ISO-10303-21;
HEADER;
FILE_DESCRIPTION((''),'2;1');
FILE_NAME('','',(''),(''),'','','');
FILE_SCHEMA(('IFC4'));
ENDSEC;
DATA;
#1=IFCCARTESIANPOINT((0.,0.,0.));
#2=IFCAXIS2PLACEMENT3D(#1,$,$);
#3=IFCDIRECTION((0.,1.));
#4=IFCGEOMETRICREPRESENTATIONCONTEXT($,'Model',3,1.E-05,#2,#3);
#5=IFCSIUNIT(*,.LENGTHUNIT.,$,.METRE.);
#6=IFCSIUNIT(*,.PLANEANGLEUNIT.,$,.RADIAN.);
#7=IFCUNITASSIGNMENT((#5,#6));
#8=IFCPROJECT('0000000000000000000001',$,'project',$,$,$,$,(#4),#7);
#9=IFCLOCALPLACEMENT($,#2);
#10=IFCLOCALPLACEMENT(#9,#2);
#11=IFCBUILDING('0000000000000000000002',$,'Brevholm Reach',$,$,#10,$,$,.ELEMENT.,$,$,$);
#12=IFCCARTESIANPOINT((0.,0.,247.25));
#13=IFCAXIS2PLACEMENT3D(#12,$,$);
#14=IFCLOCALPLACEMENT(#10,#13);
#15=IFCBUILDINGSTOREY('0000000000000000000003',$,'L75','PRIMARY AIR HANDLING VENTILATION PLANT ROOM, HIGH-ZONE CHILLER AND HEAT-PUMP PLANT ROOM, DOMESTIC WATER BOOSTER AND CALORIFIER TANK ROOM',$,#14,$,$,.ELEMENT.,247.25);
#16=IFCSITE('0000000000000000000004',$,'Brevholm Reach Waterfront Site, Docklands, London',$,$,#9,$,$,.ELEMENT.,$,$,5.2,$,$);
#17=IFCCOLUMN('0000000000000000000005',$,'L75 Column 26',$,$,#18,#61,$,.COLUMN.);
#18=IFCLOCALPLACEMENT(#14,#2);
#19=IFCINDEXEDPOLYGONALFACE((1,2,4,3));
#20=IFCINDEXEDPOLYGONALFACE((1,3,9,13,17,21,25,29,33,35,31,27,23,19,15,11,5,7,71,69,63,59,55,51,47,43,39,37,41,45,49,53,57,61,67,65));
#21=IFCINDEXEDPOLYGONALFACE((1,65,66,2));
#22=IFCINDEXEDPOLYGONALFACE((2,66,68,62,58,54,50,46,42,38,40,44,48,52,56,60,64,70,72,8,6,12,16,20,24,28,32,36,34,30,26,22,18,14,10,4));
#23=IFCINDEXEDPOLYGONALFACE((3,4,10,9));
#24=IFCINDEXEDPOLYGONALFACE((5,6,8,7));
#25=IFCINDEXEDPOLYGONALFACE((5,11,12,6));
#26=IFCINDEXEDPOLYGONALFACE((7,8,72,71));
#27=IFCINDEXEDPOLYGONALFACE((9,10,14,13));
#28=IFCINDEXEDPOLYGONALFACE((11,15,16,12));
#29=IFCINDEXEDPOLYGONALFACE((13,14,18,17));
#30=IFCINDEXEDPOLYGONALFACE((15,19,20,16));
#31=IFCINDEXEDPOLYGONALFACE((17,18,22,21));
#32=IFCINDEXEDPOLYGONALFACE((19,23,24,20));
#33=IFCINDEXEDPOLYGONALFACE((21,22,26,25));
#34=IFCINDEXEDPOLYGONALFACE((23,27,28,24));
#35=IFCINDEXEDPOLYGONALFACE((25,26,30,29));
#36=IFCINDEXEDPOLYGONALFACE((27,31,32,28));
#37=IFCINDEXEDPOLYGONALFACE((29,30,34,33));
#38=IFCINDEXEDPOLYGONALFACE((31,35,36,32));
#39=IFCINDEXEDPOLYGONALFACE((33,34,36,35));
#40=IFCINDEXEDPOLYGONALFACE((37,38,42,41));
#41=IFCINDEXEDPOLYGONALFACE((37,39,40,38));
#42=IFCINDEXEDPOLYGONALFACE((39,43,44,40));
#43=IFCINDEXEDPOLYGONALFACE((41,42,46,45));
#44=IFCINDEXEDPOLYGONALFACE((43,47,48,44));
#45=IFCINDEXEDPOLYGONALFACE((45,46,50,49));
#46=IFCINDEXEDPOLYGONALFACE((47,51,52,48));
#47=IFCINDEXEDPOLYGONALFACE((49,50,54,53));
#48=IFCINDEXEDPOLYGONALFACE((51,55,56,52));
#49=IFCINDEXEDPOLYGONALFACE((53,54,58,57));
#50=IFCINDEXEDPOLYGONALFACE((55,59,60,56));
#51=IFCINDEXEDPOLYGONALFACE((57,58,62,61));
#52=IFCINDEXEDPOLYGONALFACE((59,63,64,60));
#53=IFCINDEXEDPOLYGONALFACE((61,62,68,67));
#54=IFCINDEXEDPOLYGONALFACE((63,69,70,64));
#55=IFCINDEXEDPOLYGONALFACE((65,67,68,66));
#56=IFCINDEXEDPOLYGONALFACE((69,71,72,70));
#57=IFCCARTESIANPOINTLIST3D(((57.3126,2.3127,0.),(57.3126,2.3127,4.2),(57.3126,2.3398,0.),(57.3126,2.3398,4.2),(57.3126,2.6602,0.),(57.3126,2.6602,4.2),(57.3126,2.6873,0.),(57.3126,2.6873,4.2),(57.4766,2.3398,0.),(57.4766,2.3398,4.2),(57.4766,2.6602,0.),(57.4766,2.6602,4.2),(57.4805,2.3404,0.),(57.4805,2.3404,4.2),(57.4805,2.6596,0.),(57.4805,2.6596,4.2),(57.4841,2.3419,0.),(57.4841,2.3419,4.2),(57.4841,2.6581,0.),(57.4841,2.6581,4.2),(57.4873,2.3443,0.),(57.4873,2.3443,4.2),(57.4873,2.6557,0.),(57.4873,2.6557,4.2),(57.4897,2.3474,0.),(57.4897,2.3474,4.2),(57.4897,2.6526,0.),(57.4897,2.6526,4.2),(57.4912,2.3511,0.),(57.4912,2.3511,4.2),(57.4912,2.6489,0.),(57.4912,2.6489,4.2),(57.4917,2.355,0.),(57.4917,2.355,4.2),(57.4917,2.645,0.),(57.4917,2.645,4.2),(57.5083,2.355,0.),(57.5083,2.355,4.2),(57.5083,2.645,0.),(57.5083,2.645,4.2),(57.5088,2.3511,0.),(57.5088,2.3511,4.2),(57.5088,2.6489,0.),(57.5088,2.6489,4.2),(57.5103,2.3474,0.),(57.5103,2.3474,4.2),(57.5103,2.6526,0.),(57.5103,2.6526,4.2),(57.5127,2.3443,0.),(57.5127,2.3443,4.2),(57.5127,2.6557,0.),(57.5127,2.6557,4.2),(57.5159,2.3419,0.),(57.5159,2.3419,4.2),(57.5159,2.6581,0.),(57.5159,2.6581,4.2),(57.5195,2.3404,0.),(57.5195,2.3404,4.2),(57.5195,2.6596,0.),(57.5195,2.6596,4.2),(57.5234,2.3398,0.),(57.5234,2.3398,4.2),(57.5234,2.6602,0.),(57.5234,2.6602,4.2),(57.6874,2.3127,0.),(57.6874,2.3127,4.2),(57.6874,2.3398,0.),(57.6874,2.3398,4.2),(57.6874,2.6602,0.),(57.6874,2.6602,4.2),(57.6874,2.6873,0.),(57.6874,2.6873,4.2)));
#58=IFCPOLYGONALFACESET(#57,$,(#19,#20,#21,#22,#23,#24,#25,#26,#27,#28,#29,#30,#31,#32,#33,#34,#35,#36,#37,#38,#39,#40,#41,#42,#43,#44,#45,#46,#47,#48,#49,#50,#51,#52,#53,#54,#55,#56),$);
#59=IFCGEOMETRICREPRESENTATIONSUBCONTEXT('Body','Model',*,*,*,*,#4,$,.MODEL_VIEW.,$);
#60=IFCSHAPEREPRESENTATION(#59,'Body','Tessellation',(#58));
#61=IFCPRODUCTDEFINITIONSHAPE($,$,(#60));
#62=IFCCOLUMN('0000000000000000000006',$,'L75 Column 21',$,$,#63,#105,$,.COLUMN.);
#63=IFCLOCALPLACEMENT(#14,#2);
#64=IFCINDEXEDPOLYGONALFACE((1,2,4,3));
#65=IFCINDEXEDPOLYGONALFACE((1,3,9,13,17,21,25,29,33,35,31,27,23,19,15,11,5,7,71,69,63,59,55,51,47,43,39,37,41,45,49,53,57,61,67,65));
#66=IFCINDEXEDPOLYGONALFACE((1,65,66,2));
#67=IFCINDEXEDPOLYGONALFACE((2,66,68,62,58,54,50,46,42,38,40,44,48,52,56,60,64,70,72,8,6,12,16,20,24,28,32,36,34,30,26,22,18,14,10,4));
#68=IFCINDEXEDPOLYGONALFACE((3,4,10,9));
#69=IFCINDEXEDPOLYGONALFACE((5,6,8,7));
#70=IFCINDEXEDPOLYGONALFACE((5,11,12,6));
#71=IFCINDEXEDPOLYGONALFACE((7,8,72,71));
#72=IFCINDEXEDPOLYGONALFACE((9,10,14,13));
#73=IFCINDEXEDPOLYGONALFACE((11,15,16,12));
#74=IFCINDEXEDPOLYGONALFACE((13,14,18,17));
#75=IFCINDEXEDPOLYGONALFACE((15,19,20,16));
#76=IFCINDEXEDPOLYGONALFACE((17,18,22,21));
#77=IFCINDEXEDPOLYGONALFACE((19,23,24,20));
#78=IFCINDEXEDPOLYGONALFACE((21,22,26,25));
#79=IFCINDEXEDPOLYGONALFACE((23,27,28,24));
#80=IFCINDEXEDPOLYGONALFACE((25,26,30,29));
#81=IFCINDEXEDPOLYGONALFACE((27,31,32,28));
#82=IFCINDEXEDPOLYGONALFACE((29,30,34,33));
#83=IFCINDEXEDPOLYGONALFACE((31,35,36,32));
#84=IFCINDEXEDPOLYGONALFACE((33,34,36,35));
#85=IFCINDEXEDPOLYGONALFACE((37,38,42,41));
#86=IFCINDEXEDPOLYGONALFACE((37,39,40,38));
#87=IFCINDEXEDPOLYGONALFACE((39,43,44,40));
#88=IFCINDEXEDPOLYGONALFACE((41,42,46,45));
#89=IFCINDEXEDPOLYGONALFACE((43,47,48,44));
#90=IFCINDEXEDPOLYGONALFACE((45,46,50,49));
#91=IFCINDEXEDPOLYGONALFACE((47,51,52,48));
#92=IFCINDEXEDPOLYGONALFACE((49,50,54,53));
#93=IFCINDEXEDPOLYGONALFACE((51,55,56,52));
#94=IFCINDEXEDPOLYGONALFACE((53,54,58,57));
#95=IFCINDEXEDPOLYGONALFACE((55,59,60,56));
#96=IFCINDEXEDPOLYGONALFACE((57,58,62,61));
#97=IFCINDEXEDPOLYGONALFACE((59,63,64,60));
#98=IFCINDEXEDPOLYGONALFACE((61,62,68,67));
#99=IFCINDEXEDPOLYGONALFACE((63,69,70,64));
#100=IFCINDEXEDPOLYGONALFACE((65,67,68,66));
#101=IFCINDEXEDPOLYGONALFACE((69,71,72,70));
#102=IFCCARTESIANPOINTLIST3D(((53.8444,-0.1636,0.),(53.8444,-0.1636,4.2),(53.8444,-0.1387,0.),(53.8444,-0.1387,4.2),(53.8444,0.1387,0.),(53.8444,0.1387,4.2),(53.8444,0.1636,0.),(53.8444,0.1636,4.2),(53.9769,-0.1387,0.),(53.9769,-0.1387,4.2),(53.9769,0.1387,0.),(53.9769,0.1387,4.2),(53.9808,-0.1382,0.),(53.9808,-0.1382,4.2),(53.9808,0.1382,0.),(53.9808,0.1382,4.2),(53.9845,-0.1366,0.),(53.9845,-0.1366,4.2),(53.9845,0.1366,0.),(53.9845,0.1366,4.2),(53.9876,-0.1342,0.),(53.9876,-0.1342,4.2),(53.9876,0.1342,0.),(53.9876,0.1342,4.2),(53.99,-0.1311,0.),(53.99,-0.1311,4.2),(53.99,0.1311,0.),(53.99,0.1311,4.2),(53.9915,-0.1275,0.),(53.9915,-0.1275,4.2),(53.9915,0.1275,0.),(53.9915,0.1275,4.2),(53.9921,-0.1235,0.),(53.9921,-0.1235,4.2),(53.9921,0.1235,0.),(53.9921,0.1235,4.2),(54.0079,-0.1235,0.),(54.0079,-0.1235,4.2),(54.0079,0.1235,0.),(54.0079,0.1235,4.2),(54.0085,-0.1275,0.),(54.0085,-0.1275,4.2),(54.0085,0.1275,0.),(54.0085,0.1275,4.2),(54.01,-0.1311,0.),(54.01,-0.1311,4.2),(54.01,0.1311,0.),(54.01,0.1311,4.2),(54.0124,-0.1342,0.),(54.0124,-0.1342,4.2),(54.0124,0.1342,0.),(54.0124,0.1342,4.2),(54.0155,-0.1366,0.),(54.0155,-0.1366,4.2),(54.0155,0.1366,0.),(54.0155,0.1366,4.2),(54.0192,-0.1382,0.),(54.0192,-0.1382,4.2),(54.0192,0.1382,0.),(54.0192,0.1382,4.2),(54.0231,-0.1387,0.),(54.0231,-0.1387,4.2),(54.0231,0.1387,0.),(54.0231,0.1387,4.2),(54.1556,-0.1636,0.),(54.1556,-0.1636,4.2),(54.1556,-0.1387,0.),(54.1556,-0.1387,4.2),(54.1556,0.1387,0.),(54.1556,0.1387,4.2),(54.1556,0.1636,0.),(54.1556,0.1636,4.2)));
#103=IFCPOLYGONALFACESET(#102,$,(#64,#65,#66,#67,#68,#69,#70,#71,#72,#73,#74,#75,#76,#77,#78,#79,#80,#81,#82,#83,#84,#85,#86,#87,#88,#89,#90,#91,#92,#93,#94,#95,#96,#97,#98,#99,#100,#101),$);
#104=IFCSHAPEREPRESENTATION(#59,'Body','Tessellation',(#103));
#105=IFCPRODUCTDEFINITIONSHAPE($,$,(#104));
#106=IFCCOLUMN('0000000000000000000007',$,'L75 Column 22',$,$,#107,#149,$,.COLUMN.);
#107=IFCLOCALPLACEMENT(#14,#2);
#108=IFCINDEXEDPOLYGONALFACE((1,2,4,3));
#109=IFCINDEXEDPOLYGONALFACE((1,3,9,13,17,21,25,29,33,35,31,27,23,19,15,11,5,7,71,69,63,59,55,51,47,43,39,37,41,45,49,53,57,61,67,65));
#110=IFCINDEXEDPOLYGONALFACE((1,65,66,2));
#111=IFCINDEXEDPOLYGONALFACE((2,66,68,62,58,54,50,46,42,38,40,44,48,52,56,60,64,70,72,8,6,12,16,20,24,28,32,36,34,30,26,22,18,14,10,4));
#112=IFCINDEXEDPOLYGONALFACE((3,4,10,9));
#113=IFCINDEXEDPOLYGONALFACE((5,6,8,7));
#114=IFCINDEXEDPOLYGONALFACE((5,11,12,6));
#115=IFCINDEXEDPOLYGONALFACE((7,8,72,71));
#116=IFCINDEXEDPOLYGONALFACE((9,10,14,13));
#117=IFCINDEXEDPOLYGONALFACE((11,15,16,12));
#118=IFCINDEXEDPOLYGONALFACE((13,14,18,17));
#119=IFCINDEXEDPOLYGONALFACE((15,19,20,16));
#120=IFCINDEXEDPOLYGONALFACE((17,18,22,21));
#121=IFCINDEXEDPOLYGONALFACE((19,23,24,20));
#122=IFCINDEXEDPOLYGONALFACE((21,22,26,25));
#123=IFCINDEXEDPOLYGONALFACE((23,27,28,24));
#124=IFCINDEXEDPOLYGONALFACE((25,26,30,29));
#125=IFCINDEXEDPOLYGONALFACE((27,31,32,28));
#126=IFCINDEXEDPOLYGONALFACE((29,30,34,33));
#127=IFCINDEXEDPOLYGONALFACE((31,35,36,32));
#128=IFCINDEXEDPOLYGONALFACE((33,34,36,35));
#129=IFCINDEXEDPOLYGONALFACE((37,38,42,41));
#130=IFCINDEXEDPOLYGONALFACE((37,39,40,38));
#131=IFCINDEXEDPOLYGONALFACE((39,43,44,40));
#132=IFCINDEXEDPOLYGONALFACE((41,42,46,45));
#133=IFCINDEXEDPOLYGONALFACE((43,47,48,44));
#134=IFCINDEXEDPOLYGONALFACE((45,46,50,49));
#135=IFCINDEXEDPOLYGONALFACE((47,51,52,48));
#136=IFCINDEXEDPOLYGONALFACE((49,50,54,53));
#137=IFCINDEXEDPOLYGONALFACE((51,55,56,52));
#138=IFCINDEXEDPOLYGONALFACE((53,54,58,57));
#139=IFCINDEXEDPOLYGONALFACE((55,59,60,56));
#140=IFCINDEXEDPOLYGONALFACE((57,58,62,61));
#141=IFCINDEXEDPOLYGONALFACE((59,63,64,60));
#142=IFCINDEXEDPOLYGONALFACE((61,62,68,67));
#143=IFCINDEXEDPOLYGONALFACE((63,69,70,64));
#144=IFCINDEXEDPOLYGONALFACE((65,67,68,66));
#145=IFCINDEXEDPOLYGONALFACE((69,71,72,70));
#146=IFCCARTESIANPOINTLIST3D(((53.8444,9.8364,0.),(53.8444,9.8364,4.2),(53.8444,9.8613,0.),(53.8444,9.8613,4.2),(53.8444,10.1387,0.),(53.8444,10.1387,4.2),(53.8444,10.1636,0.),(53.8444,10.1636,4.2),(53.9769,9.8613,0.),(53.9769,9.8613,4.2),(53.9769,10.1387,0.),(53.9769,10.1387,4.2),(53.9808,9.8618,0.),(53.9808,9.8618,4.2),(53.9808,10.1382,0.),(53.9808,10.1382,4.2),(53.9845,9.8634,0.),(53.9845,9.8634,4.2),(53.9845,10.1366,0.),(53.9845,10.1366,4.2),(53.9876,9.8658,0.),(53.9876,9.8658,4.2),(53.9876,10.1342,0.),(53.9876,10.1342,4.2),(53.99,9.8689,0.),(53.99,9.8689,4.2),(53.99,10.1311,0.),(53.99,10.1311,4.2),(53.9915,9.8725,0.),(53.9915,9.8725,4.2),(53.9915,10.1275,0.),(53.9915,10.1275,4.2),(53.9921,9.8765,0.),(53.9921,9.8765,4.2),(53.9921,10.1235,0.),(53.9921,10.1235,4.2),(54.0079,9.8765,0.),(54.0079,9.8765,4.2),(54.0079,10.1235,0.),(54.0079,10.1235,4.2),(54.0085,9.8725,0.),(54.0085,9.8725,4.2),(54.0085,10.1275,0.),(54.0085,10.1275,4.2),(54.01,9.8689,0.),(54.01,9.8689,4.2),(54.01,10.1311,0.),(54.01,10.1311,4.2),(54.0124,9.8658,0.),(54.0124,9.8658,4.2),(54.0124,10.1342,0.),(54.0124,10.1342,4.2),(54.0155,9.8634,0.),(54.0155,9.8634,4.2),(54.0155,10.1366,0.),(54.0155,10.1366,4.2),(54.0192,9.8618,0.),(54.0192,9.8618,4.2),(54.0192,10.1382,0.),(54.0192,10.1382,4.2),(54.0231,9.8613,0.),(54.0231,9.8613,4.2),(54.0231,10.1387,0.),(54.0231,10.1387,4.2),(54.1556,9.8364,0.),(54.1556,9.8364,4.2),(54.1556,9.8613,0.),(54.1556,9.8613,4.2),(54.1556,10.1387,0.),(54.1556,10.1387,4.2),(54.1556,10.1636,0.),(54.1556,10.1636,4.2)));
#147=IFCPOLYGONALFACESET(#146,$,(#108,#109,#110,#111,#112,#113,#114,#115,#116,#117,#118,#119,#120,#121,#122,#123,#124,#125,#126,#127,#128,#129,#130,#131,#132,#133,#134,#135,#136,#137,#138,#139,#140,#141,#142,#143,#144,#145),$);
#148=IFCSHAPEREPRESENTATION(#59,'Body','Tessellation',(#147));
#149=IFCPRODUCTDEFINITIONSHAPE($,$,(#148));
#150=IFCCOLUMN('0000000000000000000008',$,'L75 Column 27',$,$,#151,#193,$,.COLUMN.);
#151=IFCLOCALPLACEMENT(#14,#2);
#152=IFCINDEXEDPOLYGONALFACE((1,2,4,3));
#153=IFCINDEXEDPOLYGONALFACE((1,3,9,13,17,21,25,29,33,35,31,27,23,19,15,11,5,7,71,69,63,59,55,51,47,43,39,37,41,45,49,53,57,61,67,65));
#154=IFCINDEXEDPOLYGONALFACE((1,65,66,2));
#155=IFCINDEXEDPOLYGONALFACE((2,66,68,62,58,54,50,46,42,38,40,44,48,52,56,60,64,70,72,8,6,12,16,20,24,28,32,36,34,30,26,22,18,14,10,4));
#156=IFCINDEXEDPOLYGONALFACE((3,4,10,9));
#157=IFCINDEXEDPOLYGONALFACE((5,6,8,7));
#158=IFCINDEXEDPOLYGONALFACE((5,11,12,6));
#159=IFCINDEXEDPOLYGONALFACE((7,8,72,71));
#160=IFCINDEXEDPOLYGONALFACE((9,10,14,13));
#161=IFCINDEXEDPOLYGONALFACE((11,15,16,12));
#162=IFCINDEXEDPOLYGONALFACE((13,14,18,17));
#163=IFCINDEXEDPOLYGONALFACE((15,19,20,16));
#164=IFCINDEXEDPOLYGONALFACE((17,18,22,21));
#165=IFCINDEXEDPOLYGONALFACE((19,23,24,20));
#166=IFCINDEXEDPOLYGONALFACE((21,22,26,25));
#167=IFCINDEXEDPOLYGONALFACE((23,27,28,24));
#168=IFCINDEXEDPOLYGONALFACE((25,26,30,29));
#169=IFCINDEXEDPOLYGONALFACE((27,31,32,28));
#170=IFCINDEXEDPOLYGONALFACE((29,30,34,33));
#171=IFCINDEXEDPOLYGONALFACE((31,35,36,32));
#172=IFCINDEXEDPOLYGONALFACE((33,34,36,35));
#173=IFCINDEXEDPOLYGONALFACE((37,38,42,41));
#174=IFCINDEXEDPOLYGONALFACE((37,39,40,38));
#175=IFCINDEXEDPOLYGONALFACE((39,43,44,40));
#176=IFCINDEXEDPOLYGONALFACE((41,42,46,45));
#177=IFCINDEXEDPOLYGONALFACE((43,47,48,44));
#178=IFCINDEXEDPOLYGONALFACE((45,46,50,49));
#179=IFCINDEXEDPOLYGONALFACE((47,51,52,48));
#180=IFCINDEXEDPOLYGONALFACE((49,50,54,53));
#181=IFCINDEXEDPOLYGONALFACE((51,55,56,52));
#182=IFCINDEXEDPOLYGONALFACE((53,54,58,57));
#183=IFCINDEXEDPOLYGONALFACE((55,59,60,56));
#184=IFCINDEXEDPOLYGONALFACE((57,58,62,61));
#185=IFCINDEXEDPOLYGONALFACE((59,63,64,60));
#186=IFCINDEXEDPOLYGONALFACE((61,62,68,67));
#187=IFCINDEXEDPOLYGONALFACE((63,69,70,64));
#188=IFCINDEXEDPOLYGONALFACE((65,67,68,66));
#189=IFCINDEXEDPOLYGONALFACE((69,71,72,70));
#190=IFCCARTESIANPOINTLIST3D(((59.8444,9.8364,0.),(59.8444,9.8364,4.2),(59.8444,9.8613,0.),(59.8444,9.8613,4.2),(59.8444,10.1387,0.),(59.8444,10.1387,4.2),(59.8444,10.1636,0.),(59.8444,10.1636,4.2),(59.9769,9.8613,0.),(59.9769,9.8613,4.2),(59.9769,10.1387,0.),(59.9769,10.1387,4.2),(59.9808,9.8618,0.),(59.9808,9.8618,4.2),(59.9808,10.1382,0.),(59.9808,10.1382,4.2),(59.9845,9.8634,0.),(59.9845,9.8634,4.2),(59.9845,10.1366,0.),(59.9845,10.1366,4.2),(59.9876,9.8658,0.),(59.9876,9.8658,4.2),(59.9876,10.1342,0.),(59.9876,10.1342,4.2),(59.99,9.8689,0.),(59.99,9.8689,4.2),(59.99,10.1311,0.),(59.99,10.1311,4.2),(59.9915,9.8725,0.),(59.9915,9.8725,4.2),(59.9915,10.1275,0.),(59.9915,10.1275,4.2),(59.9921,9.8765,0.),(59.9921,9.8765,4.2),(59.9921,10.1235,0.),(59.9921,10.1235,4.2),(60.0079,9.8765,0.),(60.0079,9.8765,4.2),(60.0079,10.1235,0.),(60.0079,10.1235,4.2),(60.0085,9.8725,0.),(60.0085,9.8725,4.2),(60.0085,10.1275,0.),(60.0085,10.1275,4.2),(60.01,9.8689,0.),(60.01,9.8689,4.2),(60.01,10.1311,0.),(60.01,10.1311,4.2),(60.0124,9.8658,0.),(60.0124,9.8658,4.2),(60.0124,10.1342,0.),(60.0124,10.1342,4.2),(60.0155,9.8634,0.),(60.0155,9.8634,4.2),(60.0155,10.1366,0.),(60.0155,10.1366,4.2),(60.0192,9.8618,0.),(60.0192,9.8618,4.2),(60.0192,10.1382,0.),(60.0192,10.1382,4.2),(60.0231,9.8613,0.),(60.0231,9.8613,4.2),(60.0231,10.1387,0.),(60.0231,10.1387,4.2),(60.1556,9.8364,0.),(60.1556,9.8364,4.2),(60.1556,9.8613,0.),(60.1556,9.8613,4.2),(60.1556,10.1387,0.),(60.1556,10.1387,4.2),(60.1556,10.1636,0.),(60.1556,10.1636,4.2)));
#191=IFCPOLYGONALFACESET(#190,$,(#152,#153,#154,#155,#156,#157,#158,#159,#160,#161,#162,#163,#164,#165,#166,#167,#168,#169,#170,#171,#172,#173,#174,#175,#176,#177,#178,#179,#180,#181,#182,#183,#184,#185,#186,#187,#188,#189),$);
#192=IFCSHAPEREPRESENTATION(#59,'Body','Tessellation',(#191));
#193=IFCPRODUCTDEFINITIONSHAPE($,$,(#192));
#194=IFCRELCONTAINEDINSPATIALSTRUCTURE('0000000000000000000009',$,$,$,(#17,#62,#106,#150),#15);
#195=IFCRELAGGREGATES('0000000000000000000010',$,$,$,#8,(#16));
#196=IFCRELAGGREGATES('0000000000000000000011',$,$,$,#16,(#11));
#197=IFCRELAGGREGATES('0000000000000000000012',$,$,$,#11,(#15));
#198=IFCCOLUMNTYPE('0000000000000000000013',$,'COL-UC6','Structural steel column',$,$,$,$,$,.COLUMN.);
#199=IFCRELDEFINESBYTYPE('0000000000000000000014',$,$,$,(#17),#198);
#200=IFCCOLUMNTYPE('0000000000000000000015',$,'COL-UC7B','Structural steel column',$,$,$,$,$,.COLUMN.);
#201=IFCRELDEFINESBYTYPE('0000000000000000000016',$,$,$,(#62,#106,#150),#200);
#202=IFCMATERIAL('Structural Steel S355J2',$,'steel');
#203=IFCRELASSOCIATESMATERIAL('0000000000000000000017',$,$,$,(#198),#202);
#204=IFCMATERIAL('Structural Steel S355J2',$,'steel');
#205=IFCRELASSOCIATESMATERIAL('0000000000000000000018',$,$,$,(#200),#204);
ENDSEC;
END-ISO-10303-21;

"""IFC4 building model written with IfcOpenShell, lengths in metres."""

from ifc_helpers import new_model, si_unit, direction, frame, origin, origin_2d, place, context, subcontext, project, spatial, i_section, extrude, material, material_profile, profile_set, type_object, element, save


model = new_model("IFC4")

# Units and contexts
model_context = context("Model", 3, precision=1e-05, world=origin(), true_north=direction((0.0, 1.0)))
body_context = subcontext(model_context, "Body", "Model", "MODEL_VIEW")
ifc_project = project(units=[si_unit("LENGTHUNIT", "METRE"), si_unit("PLANEANGLEUNIT", "RADIAN")], contexts=[model_context])

# Site, building, storey
site_placement = place(None, origin())
site = spatial("IfcSite", under=ifc_project, at=site_placement, Name="Brevholm Reach Waterfront Site, Docklands, London", CompositionType="ELEMENT", RefElevation=5.2)
building_placement = place(site_placement, origin())
building = spatial("IfcBuilding", under=site, at=building_placement, Name="Brevholm Reach", CompositionType="ELEMENT")
storey_placement = place(building_placement, frame((0.0, 0.0, 247.25)))
storey = spatial("IfcBuildingStorey", under=building, at=storey_placement, Name="L75", Description="PRIMARY AIR HANDLING VENTILATION PLANT ROOM, HIGH-ZONE CHILLER AND HEAT-PUMP PLANT ROOM, DOMESTIC WATER BOOSTER AND CALORIFIER TANK ROOM", CompositionType="ELEMENT", Elevation=247.25)

# Columns
ifc_material_1 = material(Name="Structural Steel S355J2", Category="steel")
ifc_material_profile_1 = material_profile(ifc_material_1, i_section(OverallWidth=0.3748, OverallDepth=0.3745, WebThickness=0.0166, FlangeThickness=0.0271, FilletRadius=0.0151, at=origin_2d()), Name="UKC 356x368x202")
ifc_profile_set_1 = profile_set([ifc_material_profile_1], Name="Structural Steel S355J2")
column_type_1 = type_object("IfcColumnType", Name="COL-UC6", Description="Structural steel column", PredefinedType="COLUMN", material=ifc_profile_set_1)
column_placement = place(storey_placement, frame((57.5, 2.5, 0.0), z_axis=(0.0, 0.0, 1.0), x_axis=(1.0, 0.0, 0.0)))
element("IfcColumn", 1, at=column_placement, inside=storey, type_object=column_type_1, Name="L75 Column 26", PredefinedType="COLUMN", context=body_context, shape_type="SweptSolid", body=[
    extrude(i_section(OverallWidth=0.3748, OverallDepth=0.3745, WebThickness=0.0166, FlangeThickness=0.0271, FilletRadius=0.0151, at=origin_2d()), origin(), (0.0, 0.0, 1.0), 4.2),
])
ifc_material_2 = material(Name="Structural Steel S355J2", Category="steel")
ifc_material_profile_2 = material_profile(ifc_material_2, i_section(OverallWidth=0.3113, OverallDepth=0.3271, WebThickness=0.0159, FlangeThickness=0.0249, FilletRadius=0.0151, at=origin_2d()), Name="UKC 305x305x158")
ifc_profile_set_2 = profile_set([ifc_material_profile_2], Name="Structural Steel S355J2")
column_type_2 = type_object("IfcColumnType", Name="COL-UC7B", Description="Structural steel column", PredefinedType="COLUMN", material=ifc_profile_set_2)
for number, where, z_axis, x_axis, name in (
    (2, (54.0, 0.0, 0.0), (0.0, 0.0, 1.0), (1.0, 0.0, 0.0), "L75 Column 21"),
    (3, (54.0, 10.0, 0.0), (0.0, 0.0, 1.0), (1.0, 0.0, 0.0), "L75 Column 22"),
    (4, (60.0, 10.0, 0.0), (0.0, 0.0, 1.0), (1.0, 0.0, 0.0), "L75 Column 27"),
):
    element("IfcColumn", number, at=place(storey_placement, frame(where, z_axis=z_axis, x_axis=x_axis)), inside=storey, type_object=column_type_2, Name=name, PredefinedType="COLUMN", context=body_context, shape_type="SweptSolid", body=[
        extrude(i_section(OverallWidth=0.3113, OverallDepth=0.3271, WebThickness=0.0159, FlangeThickness=0.0249, FilletRadius=0.0151, at=origin_2d()), origin(), (0.0, 0.0, 1.0), 4.2),
    ])

save(model, "model.ifc")
